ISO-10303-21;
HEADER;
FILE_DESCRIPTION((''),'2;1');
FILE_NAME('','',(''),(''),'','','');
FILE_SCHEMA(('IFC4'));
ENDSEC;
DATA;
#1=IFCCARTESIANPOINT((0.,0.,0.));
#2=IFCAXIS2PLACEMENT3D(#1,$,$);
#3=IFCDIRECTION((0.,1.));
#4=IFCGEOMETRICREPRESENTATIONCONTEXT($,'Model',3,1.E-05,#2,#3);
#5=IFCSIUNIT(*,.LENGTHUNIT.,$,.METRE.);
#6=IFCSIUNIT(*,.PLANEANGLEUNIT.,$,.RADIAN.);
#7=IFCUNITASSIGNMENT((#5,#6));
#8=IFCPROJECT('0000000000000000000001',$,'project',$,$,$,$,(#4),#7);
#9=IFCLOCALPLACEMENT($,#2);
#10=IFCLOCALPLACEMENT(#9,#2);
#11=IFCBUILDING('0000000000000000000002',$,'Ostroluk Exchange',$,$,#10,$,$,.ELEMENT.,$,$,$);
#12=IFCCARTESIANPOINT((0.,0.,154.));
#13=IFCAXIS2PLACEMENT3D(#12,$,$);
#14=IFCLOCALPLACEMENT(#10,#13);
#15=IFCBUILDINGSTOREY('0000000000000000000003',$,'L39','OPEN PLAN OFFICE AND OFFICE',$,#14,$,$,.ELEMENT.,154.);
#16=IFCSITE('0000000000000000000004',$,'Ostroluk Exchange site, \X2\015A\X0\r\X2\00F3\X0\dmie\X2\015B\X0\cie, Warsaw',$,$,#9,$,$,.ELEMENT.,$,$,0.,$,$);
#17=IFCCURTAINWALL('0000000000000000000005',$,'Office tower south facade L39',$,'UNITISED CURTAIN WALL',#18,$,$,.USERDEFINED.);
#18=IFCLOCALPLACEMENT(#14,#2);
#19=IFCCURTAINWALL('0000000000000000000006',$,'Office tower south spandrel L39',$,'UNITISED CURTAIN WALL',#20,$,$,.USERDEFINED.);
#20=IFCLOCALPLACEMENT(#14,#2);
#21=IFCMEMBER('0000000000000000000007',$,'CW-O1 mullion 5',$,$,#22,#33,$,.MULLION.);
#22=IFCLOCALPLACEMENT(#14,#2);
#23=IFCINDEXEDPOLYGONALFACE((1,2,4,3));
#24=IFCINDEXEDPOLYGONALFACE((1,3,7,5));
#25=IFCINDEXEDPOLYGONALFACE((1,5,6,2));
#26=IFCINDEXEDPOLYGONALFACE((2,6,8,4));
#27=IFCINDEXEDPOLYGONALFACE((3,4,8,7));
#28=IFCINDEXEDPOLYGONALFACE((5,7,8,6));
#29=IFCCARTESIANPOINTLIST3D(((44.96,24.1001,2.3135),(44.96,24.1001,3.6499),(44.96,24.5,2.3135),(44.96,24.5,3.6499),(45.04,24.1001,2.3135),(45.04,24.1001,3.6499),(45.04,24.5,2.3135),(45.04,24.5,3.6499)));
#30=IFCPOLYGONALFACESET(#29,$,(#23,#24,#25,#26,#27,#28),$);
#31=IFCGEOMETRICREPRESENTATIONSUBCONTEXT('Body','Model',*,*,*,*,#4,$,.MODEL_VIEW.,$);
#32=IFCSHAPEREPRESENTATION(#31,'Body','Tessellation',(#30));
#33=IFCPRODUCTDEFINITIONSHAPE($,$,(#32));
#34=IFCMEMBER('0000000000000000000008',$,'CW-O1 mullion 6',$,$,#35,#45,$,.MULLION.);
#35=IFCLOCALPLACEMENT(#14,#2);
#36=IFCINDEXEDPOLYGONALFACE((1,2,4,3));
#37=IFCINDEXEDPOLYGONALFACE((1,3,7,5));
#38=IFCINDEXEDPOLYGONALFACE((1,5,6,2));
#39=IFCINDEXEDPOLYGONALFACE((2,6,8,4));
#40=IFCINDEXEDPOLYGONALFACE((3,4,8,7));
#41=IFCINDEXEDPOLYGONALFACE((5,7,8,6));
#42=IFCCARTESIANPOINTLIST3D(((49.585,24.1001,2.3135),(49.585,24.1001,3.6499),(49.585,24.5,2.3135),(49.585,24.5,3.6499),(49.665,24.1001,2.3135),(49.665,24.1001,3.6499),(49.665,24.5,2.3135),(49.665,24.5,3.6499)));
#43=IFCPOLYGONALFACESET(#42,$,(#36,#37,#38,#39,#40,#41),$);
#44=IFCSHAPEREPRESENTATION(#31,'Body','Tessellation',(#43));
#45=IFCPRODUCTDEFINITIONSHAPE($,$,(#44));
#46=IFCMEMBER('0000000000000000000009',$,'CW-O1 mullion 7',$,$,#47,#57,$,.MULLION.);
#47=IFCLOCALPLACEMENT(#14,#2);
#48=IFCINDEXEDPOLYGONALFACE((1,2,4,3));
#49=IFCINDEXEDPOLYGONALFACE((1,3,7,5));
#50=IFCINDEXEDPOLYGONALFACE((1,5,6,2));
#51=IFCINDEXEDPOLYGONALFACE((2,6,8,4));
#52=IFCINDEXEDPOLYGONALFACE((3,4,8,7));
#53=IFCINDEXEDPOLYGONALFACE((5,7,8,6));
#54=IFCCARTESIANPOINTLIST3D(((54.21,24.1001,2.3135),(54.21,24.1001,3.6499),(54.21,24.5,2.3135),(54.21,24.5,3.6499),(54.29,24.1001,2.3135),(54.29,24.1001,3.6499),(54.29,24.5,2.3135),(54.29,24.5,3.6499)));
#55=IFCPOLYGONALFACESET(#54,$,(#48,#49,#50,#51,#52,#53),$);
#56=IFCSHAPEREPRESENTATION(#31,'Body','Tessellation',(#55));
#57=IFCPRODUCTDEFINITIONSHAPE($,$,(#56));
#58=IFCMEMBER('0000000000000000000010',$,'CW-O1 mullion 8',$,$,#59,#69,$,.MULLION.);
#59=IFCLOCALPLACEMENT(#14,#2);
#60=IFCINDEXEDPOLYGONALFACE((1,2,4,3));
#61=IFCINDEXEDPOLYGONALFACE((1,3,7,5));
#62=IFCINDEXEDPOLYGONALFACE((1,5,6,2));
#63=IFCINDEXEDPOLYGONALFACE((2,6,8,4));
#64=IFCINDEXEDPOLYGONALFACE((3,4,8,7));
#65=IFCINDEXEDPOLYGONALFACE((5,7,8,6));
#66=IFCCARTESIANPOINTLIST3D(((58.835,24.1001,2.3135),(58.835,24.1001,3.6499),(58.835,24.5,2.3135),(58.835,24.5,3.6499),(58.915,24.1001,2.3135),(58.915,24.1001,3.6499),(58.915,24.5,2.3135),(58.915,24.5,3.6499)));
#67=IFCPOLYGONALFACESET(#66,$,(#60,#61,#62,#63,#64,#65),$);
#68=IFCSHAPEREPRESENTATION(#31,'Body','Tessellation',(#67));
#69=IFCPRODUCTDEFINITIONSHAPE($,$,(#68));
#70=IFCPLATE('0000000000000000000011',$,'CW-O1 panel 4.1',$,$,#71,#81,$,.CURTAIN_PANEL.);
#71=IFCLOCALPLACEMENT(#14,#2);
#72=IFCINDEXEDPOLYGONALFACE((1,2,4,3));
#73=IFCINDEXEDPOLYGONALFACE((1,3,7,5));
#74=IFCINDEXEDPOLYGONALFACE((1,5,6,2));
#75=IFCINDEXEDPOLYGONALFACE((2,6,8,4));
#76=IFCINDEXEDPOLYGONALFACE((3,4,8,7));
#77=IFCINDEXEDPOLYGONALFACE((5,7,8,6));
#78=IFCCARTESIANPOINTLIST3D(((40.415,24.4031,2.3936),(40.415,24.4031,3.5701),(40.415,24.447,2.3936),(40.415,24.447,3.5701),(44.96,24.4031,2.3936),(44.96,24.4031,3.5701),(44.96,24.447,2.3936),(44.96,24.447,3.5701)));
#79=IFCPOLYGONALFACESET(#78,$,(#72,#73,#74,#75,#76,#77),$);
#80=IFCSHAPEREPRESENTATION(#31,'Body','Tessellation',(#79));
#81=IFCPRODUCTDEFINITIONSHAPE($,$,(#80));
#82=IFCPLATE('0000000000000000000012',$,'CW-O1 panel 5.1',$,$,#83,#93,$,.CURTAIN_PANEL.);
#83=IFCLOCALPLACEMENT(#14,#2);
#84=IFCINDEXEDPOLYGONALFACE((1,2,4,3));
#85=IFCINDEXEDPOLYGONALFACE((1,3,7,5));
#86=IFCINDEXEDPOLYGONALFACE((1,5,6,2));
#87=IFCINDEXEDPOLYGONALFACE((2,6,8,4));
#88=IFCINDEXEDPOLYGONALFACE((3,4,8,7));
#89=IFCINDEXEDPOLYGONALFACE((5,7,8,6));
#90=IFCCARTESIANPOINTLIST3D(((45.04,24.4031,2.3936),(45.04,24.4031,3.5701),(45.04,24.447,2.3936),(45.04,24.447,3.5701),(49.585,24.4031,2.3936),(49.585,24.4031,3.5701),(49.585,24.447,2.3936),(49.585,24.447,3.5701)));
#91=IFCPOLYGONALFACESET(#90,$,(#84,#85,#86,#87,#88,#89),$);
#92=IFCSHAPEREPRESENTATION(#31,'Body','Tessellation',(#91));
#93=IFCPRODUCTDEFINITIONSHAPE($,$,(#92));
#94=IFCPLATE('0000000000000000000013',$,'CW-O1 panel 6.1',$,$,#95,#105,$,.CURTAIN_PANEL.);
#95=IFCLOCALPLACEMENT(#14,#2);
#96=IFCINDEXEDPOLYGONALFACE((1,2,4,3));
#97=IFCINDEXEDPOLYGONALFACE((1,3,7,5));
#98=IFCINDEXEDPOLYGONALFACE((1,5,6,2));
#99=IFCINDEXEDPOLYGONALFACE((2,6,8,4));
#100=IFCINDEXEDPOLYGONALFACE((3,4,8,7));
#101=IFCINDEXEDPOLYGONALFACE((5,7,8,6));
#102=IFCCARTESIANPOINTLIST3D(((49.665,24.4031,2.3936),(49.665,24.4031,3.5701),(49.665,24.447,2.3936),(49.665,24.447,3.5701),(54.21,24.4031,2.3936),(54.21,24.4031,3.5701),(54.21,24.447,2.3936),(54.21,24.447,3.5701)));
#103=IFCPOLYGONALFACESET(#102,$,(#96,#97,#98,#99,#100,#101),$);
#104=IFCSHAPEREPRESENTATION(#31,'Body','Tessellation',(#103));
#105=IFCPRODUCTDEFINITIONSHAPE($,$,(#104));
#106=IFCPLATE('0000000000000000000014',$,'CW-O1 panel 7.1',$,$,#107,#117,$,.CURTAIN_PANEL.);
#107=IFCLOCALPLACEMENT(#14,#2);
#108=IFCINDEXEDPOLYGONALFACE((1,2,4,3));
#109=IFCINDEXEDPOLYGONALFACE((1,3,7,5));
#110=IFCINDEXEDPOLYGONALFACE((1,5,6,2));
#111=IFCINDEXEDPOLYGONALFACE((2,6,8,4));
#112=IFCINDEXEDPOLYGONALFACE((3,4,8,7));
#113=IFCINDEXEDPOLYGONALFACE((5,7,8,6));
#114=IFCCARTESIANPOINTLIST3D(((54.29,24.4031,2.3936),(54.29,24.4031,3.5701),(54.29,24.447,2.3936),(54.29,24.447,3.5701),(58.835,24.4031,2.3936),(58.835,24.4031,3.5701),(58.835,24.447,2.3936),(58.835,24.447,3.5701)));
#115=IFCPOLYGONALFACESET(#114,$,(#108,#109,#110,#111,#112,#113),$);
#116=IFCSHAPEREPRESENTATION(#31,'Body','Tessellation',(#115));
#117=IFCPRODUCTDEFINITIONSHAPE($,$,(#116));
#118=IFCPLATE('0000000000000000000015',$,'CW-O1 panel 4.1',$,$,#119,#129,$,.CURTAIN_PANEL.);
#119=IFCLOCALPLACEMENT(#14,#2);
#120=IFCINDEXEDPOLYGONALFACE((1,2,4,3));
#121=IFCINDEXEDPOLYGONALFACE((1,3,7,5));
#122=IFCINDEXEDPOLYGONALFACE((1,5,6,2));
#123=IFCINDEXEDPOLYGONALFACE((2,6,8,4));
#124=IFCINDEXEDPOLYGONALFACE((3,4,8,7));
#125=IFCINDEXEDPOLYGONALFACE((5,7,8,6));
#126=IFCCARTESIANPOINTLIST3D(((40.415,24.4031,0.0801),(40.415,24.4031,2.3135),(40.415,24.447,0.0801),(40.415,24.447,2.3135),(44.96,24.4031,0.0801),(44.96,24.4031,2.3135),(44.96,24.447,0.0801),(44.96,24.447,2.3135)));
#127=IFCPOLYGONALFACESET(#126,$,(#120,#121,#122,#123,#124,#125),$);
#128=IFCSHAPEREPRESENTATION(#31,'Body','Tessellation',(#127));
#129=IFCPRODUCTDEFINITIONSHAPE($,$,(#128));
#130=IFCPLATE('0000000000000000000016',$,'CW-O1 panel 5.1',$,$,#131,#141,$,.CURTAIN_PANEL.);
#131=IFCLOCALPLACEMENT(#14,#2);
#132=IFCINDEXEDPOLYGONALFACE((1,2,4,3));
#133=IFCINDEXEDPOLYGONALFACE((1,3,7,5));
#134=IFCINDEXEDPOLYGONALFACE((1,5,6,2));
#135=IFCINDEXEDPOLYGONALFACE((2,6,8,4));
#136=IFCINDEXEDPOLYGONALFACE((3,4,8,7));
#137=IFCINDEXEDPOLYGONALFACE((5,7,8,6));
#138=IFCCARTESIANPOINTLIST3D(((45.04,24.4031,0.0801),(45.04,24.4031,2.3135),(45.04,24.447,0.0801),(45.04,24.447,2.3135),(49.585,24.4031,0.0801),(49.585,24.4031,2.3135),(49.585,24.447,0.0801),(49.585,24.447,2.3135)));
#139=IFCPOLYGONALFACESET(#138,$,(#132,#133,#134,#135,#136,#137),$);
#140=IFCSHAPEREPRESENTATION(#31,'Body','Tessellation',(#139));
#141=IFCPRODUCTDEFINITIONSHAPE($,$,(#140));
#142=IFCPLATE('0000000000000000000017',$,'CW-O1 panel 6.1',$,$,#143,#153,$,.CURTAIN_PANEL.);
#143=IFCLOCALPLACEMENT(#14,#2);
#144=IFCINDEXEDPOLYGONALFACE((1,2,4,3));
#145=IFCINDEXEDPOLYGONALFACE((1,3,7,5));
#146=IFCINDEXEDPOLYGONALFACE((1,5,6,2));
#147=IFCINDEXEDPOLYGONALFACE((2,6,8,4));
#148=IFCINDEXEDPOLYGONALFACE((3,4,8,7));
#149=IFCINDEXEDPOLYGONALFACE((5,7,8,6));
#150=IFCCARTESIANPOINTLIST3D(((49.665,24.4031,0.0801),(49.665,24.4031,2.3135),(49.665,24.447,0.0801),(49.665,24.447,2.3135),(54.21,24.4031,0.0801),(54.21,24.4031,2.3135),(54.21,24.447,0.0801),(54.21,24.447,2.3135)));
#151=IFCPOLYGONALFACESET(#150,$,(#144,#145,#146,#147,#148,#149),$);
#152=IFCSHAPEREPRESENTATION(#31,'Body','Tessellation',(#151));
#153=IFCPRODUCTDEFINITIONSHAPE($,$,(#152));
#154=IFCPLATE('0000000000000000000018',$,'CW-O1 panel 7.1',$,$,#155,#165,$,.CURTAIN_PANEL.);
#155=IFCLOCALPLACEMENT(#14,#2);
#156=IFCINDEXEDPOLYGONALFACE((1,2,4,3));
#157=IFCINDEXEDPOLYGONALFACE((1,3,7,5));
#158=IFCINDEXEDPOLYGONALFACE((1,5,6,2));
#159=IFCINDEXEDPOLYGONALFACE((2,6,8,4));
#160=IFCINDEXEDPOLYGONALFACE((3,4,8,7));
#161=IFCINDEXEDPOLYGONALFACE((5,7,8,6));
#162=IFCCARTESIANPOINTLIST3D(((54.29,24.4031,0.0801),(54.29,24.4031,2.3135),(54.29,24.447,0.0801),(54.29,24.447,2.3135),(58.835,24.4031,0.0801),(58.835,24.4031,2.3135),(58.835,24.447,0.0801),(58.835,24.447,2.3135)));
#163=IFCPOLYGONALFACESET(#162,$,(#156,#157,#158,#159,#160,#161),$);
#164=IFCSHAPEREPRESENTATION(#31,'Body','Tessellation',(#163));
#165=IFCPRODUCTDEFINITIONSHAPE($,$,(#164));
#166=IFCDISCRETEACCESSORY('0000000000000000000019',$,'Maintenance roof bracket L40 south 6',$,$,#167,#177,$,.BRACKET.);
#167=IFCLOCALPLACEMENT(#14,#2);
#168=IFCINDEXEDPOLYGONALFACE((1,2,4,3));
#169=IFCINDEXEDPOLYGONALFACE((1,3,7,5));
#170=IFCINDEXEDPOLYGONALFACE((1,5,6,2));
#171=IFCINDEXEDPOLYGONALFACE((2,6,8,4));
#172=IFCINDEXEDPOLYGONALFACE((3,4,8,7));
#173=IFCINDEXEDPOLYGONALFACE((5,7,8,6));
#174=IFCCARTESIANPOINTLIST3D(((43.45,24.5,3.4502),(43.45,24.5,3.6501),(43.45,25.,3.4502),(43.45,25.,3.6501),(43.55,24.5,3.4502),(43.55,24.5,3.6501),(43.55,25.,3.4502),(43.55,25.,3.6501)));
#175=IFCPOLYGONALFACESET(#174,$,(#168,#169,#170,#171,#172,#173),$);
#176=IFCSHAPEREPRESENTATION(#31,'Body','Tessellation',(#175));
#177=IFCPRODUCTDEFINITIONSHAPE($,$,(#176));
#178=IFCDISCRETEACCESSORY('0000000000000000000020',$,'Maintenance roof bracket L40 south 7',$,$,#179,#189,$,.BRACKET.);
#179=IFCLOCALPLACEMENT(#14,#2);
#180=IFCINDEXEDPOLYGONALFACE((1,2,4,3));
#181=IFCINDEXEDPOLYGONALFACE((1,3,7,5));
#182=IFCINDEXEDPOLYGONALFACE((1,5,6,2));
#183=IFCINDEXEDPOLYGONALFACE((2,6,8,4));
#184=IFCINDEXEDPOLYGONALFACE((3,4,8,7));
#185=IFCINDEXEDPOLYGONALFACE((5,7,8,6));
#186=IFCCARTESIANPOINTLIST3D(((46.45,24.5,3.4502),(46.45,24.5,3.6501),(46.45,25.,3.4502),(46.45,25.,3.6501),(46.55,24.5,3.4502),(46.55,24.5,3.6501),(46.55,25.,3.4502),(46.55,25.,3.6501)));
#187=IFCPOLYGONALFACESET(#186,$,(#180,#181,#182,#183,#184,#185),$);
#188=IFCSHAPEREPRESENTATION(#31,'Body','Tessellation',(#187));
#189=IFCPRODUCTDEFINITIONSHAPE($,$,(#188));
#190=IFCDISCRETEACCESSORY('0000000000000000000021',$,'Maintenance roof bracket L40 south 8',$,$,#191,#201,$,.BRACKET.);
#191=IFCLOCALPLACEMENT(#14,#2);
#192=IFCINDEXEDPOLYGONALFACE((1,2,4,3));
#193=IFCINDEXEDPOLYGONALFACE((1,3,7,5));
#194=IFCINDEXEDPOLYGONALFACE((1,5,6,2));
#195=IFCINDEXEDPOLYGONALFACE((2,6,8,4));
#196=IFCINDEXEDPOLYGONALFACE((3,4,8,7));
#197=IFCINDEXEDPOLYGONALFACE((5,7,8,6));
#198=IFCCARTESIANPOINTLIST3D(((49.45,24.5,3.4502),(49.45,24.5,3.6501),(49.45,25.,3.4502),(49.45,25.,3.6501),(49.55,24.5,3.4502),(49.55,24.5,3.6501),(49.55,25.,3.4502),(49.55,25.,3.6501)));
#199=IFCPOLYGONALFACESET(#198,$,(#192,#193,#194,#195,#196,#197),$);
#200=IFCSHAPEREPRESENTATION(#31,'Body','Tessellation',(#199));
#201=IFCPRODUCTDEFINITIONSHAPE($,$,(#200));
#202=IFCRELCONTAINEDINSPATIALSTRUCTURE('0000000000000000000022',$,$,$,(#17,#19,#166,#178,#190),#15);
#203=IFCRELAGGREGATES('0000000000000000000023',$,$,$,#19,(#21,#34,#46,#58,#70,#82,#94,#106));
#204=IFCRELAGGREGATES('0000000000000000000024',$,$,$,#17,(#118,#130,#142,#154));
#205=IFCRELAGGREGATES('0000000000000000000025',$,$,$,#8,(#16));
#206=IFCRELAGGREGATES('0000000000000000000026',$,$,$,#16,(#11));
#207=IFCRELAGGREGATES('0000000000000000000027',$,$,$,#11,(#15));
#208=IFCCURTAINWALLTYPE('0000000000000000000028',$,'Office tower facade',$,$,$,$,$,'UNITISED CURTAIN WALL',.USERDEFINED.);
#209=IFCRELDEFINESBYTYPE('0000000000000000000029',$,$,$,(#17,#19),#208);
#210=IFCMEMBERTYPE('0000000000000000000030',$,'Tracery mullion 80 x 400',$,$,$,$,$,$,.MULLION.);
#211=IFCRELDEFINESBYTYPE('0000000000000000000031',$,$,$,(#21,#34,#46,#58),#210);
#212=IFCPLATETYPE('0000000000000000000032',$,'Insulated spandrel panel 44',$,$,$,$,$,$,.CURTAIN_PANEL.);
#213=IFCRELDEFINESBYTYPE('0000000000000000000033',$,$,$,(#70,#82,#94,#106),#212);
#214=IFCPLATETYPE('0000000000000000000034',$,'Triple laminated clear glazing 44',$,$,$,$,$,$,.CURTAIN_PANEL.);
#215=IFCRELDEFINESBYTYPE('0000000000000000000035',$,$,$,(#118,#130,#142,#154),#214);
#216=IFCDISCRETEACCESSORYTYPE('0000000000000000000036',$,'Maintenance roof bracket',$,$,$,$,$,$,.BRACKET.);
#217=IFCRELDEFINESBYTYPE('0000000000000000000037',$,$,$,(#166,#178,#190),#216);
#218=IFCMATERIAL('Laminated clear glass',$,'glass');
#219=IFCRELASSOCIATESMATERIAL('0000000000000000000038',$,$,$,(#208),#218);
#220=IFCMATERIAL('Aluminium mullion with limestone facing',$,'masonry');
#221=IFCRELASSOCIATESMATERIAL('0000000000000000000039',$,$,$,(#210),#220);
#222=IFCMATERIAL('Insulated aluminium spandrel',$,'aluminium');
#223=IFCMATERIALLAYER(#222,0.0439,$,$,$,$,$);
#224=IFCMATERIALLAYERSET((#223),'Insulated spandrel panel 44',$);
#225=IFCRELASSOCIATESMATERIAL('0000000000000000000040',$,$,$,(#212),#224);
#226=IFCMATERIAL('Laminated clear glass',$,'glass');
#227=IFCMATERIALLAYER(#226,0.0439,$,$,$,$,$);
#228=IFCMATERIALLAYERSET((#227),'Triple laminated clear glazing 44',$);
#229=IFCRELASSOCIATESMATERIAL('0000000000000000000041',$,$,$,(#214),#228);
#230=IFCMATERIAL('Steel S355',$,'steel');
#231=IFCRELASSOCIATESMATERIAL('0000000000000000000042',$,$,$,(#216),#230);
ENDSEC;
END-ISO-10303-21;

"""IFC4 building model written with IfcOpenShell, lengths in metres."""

from ifc_helpers import new_model, si_unit, direction, frame, origin, origin_2d, place, context, subcontext, project, spatial, rectangle, extrude, material, layer, layer_set, material_profile, profile_set, type_object, element, aggregate, save


model = new_model("IFC4")

# Units and contexts
model_context = context("Model", 3, precision=1e-05, world=origin(), true_north=direction((0.0, 1.0)))
body_context = subcontext(model_context, "Body", "Model", "MODEL_VIEW")
ifc_project = project(units=[si_unit("LENGTHUNIT", "METRE"), si_unit("PLANEANGLEUNIT", "RADIAN")], contexts=[model_context])

# Site, building, storey
site_placement = place(None, origin())
site = spatial("IfcSite", under=ifc_project, at=site_placement, Name="Ostroluk Exchange site, Śródmieście, Warsaw", CompositionType="ELEMENT", RefElevation=0.0)
building_placement = place(site_placement, origin())
building = spatial("IfcBuilding", under=site, at=building_placement, Name="Ostroluk Exchange", CompositionType="ELEMENT")
storey_placement = place(building_placement, frame((0.0, 0.0, 154.0)))
storey = spatial("IfcBuildingStorey", under=building, at=storey_placement, Name="L39", Description="OPEN PLAN OFFICE AND OFFICE", CompositionType="ELEMENT", Elevation=154.0)

# Curtain walls
ifc_material_1 = material(Name="Laminated clear glass", Category="glass")
curtain_wall_type = type_object("IfcCurtainWallType", Name="Office tower facade", ElementType="UNITISED CURTAIN WALL", PredefinedType="USERDEFINED", material=ifc_material_1)
curtain_wall_1_placement = place(storey_placement, origin())
curtain_wall_1 = element("IfcCurtainWall", 1, at=curtain_wall_1_placement, inside=storey, type_object=curtain_wall_type, Name="Office tower south facade L39", ObjectType="UNITISED CURTAIN WALL", PredefinedType="USERDEFINED")
curtain_wall_2_placement = place(storey_placement, origin())
curtain_wall_2 = element("IfcCurtainWall", 2, at=curtain_wall_2_placement, inside=storey, type_object=curtain_wall_type, Name="Office tower south spandrel L39", ObjectType="UNITISED CURTAIN WALL", PredefinedType="USERDEFINED")

# Members
ifc_material_2 = material(Name="Aluminium mullion with limestone facing", Category="masonry")
ifc_material_profile_1 = material_profile(ifc_material_2, rectangle(XDim=0.3999, YDim=0.0801, at=origin_2d()), Name="Tracery mullion 80 x 400")
ifc_profile_set_1 = profile_set([ifc_material_profile_1], Name="Aluminium mullion with limestone facing")
member_type_1 = type_object("IfcMemberType", Name="Tracery mullion 80 x 400", PredefinedType="MULLION", material=ifc_profile_set_1)
member_1_placement = place(storey_placement, frame((45.0, 24.3, 2.3135), z_axis=(0.0, 0.0, 1.0), x_axis=(0.0, 1.0, 0.0)))
member_1 = element("IfcMember", 3, at=member_1_placement, type_object=member_type_1, Name="CW-O1 mullion 5", PredefinedType="MULLION", context=body_context, shape_type="SweptSolid", body=[
    extrude(rectangle(XDim=0.3999, YDim=0.0801, at=origin_2d()), origin(), (0.0, 0.0, 1.0), 1.3364),
])
member_2_placement = place(storey_placement, frame((49.625, 24.3, 2.3135), z_axis=(0.0, 0.0, 1.0), x_axis=(0.0, 1.0, 0.0)))
member_2 = element("IfcMember", 4, at=member_2_placement, type_object=member_type_1, Name="CW-O1 mullion 6", PredefinedType="MULLION", context=body_context, shape_type="SweptSolid", body=[
    extrude(rectangle(XDim=0.3999, YDim=0.0801, at=origin_2d()), origin(), (0.0, 0.0, 1.0), 1.3364),
])
member_3_placement = place(storey_placement, frame((54.25, 24.3, 2.3135), z_axis=(0.0, 0.0, 1.0), x_axis=(0.0, 1.0, 0.0)))
member_3 = element("IfcMember", 5, at=member_3_placement, type_object=member_type_1, Name="CW-O1 mullion 7", PredefinedType="MULLION", context=body_context, shape_type="SweptSolid", body=[
    extrude(rectangle(XDim=0.3999, YDim=0.0801, at=origin_2d()), origin(), (0.0, 0.0, 1.0), 1.3364),
])
member_4_placement = place(storey_placement, frame((58.875, 24.3, 2.3135), z_axis=(0.0, 0.0, 1.0), x_axis=(0.0, 1.0, 0.0)))
member_4 = element("IfcMember", 6, at=member_4_placement, type_object=member_type_1, Name="CW-O1 mullion 8", PredefinedType="MULLION", context=body_context, shape_type="SweptSolid", body=[
    extrude(rectangle(XDim=0.3999, YDim=0.0801, at=origin_2d()), origin(), (0.0, 0.0, 1.0), 1.3364),
])

# Plates
ifc_material_3 = material(Name="Insulated aluminium spandrel", Category="aluminium")
ifc_layer_1 = layer(ifc_material_3, 0.0439)
ifc_layer_set_1 = layer_set([ifc_layer_1], Name="Insulated spandrel panel 44")
plate_type_1 = type_object("IfcPlateType", Name="Insulated spandrel panel 44", PredefinedType="CURTAIN_PANEL", material=ifc_layer_set_1)
plate_1_placement = place(storey_placement, frame((42.6875, 24.425, 2.3936), z_axis=(0.0, 0.0, 1.0), x_axis=(1.0, 0.0, 0.0)))
plate_1 = element("IfcPlate", 7, at=plate_1_placement, type_object=plate_type_1, Name="CW-O1 panel 4.1", PredefinedType="CURTAIN_PANEL", context=body_context, shape_type="SweptSolid", body=[
    extrude(rectangle(XDim=4.5449, YDim=0.0439, at=origin_2d()), origin(), (0.0, 0.0, 1.0), 1.1765),
])
plate_2_placement = place(storey_placement, frame((47.3125, 24.425, 2.3936), z_axis=(0.0, 0.0, 1.0), x_axis=(1.0, 0.0, 0.0)))
plate_2 = element("IfcPlate", 8, at=plate_2_placement, type_object=plate_type_1, Name="CW-O1 panel 5.1", PredefinedType="CURTAIN_PANEL", context=body_context, shape_type="SweptSolid", body=[
    extrude(rectangle(XDim=4.5449, YDim=0.0439, at=origin_2d()), origin(), (0.0, 0.0, 1.0), 1.1765),
])
plate_3_placement = place(storey_placement, frame((51.9375, 24.425, 2.3936), z_axis=(0.0, 0.0, 1.0), x_axis=(1.0, 0.0, 0.0)))
plate_3 = element("IfcPlate", 9, at=plate_3_placement, type_object=plate_type_1, Name="CW-O1 panel 6.1", PredefinedType="CURTAIN_PANEL", context=body_context, shape_type="SweptSolid", body=[
    extrude(rectangle(XDim=4.5449, YDim=0.0439, at=origin_2d()), origin(), (0.0, 0.0, 1.0), 1.1765),
])
plate_4_placement = place(storey_placement, frame((56.5625, 24.425, 2.3936), z_axis=(0.0, 0.0, 1.0), x_axis=(1.0, 0.0, 0.0)))
plate_4 = element("IfcPlate", 10, at=plate_4_placement, type_object=plate_type_1, Name="CW-O1 panel 7.1", PredefinedType="CURTAIN_PANEL", context=body_context, shape_type="SweptSolid", body=[
    extrude(rectangle(XDim=4.5449, YDim=0.0439, at=origin_2d()), origin(), (0.0, 0.0, 1.0), 1.1765),
])
aggregate(curtain_wall_2, [member_1, member_2, member_3, member_4, plate_1, plate_2, plate_3, plate_4])
ifc_material_4 = material(Name="Laminated clear glass", Category="glass")
ifc_layer_2 = layer(ifc_material_4, 0.0439)
ifc_layer_set_2 = layer_set([ifc_layer_2], Name="Triple laminated clear glazing 44")
plate_type_2 = type_object("IfcPlateType", Name="Triple laminated clear glazing 44", PredefinedType="CURTAIN_PANEL", material=ifc_layer_set_2)
plate_5_placement = place(storey_placement, frame((42.6875, 24.425, 0.0801), z_axis=(0.0, 0.0, 1.0), x_axis=(1.0, 0.0, 0.0)))
plate_5 = element("IfcPlate", 11, at=plate_5_placement, type_object=plate_type_2, Name="CW-O1 panel 4.1", PredefinedType="CURTAIN_PANEL", context=body_context, shape_type="SweptSolid", body=[
    extrude(rectangle(XDim=4.5449, YDim=0.0439, at=origin_2d()), origin(), (0.0, 0.0, 1.0), 2.2334),
])
plate_6_placement = place(storey_placement, frame((47.3125, 24.425, 0.0801), z_axis=(0.0, 0.0, 1.0), x_axis=(1.0, 0.0, 0.0)))
plate_6 = element("IfcPlate", 12, at=plate_6_placement, type_object=plate_type_2, Name="CW-O1 panel 5.1", PredefinedType="CURTAIN_PANEL", context=body_context, shape_type="SweptSolid", body=[
    extrude(rectangle(XDim=4.5449, YDim=0.0439, at=origin_2d()), origin(), (0.0, 0.0, 1.0), 2.2334),
])
plate_7_placement = place(storey_placement, frame((51.9375, 24.425, 0.0801), z_axis=(0.0, 0.0, 1.0), x_axis=(1.0, 0.0, 0.0)))
plate_7 = element("IfcPlate", 13, at=plate_7_placement, type_object=plate_type_2, Name="CW-O1 panel 6.1", PredefinedType="CURTAIN_PANEL", context=body_context, shape_type="SweptSolid", body=[
    extrude(rectangle(XDim=4.5449, YDim=0.0439, at=origin_2d()), origin(), (0.0, 0.0, 1.0), 2.2334),
])
plate_8_placement = place(storey_placement, frame((56.5625, 24.425, 0.0801), z_axis=(0.0, 0.0, 1.0), x_axis=(1.0, 0.0, 0.0)))
plate_8 = element("IfcPlate", 14, at=plate_8_placement, type_object=plate_type_2, Name="CW-O1 panel 7.1", PredefinedType="CURTAIN_PANEL", context=body_context, shape_type="SweptSolid", body=[
    extrude(rectangle(XDim=4.5449, YDim=0.0439, at=origin_2d()), origin(), (0.0, 0.0, 1.0), 2.2334),
])
aggregate(curtain_wall_1, [plate_5, plate_6, plate_7, plate_8])

# Discrete accessories
ifc_material_5 = material(Name="Steel S355", Category="steel")
discrete_accessory_type = type_object("IfcDiscreteAccessoryType", Name="Maintenance roof bracket", PredefinedType="BRACKET", material=ifc_material_5)
for number, where, z_axis, x_axis, name in (
    (15, (43.5, 24.75, 3.4502), (0.0, 0.0, 1.0), (1.0, 0.0, 0.0), "Maintenance roof bracket L40 south 6"),
    (16, (46.5, 24.75, 3.4502), (0.0, 0.0, 1.0), (1.0, 0.0, 0.0), "Maintenance roof bracket L40 south 7"),
    (17, (49.5, 24.75, 3.4502), (0.0, 0.0, 1.0), (1.0, 0.0, 0.0), "Maintenance roof bracket L40 south 8"),
):
    element("IfcDiscreteAccessory", number, at=place(storey_placement, frame(where, z_axis=z_axis, x_axis=x_axis)), inside=storey, type_object=discrete_accessory_type, Name=name, PredefinedType="BRACKET", context=body_context, shape_type="SweptSolid", body=[
        extrude(rectangle(XDim=0.1001, YDim=0.5, at=origin_2d()), origin(), (0.0, 0.0, 1.0), 0.2),
    ])

save(model, "model.ifc")
